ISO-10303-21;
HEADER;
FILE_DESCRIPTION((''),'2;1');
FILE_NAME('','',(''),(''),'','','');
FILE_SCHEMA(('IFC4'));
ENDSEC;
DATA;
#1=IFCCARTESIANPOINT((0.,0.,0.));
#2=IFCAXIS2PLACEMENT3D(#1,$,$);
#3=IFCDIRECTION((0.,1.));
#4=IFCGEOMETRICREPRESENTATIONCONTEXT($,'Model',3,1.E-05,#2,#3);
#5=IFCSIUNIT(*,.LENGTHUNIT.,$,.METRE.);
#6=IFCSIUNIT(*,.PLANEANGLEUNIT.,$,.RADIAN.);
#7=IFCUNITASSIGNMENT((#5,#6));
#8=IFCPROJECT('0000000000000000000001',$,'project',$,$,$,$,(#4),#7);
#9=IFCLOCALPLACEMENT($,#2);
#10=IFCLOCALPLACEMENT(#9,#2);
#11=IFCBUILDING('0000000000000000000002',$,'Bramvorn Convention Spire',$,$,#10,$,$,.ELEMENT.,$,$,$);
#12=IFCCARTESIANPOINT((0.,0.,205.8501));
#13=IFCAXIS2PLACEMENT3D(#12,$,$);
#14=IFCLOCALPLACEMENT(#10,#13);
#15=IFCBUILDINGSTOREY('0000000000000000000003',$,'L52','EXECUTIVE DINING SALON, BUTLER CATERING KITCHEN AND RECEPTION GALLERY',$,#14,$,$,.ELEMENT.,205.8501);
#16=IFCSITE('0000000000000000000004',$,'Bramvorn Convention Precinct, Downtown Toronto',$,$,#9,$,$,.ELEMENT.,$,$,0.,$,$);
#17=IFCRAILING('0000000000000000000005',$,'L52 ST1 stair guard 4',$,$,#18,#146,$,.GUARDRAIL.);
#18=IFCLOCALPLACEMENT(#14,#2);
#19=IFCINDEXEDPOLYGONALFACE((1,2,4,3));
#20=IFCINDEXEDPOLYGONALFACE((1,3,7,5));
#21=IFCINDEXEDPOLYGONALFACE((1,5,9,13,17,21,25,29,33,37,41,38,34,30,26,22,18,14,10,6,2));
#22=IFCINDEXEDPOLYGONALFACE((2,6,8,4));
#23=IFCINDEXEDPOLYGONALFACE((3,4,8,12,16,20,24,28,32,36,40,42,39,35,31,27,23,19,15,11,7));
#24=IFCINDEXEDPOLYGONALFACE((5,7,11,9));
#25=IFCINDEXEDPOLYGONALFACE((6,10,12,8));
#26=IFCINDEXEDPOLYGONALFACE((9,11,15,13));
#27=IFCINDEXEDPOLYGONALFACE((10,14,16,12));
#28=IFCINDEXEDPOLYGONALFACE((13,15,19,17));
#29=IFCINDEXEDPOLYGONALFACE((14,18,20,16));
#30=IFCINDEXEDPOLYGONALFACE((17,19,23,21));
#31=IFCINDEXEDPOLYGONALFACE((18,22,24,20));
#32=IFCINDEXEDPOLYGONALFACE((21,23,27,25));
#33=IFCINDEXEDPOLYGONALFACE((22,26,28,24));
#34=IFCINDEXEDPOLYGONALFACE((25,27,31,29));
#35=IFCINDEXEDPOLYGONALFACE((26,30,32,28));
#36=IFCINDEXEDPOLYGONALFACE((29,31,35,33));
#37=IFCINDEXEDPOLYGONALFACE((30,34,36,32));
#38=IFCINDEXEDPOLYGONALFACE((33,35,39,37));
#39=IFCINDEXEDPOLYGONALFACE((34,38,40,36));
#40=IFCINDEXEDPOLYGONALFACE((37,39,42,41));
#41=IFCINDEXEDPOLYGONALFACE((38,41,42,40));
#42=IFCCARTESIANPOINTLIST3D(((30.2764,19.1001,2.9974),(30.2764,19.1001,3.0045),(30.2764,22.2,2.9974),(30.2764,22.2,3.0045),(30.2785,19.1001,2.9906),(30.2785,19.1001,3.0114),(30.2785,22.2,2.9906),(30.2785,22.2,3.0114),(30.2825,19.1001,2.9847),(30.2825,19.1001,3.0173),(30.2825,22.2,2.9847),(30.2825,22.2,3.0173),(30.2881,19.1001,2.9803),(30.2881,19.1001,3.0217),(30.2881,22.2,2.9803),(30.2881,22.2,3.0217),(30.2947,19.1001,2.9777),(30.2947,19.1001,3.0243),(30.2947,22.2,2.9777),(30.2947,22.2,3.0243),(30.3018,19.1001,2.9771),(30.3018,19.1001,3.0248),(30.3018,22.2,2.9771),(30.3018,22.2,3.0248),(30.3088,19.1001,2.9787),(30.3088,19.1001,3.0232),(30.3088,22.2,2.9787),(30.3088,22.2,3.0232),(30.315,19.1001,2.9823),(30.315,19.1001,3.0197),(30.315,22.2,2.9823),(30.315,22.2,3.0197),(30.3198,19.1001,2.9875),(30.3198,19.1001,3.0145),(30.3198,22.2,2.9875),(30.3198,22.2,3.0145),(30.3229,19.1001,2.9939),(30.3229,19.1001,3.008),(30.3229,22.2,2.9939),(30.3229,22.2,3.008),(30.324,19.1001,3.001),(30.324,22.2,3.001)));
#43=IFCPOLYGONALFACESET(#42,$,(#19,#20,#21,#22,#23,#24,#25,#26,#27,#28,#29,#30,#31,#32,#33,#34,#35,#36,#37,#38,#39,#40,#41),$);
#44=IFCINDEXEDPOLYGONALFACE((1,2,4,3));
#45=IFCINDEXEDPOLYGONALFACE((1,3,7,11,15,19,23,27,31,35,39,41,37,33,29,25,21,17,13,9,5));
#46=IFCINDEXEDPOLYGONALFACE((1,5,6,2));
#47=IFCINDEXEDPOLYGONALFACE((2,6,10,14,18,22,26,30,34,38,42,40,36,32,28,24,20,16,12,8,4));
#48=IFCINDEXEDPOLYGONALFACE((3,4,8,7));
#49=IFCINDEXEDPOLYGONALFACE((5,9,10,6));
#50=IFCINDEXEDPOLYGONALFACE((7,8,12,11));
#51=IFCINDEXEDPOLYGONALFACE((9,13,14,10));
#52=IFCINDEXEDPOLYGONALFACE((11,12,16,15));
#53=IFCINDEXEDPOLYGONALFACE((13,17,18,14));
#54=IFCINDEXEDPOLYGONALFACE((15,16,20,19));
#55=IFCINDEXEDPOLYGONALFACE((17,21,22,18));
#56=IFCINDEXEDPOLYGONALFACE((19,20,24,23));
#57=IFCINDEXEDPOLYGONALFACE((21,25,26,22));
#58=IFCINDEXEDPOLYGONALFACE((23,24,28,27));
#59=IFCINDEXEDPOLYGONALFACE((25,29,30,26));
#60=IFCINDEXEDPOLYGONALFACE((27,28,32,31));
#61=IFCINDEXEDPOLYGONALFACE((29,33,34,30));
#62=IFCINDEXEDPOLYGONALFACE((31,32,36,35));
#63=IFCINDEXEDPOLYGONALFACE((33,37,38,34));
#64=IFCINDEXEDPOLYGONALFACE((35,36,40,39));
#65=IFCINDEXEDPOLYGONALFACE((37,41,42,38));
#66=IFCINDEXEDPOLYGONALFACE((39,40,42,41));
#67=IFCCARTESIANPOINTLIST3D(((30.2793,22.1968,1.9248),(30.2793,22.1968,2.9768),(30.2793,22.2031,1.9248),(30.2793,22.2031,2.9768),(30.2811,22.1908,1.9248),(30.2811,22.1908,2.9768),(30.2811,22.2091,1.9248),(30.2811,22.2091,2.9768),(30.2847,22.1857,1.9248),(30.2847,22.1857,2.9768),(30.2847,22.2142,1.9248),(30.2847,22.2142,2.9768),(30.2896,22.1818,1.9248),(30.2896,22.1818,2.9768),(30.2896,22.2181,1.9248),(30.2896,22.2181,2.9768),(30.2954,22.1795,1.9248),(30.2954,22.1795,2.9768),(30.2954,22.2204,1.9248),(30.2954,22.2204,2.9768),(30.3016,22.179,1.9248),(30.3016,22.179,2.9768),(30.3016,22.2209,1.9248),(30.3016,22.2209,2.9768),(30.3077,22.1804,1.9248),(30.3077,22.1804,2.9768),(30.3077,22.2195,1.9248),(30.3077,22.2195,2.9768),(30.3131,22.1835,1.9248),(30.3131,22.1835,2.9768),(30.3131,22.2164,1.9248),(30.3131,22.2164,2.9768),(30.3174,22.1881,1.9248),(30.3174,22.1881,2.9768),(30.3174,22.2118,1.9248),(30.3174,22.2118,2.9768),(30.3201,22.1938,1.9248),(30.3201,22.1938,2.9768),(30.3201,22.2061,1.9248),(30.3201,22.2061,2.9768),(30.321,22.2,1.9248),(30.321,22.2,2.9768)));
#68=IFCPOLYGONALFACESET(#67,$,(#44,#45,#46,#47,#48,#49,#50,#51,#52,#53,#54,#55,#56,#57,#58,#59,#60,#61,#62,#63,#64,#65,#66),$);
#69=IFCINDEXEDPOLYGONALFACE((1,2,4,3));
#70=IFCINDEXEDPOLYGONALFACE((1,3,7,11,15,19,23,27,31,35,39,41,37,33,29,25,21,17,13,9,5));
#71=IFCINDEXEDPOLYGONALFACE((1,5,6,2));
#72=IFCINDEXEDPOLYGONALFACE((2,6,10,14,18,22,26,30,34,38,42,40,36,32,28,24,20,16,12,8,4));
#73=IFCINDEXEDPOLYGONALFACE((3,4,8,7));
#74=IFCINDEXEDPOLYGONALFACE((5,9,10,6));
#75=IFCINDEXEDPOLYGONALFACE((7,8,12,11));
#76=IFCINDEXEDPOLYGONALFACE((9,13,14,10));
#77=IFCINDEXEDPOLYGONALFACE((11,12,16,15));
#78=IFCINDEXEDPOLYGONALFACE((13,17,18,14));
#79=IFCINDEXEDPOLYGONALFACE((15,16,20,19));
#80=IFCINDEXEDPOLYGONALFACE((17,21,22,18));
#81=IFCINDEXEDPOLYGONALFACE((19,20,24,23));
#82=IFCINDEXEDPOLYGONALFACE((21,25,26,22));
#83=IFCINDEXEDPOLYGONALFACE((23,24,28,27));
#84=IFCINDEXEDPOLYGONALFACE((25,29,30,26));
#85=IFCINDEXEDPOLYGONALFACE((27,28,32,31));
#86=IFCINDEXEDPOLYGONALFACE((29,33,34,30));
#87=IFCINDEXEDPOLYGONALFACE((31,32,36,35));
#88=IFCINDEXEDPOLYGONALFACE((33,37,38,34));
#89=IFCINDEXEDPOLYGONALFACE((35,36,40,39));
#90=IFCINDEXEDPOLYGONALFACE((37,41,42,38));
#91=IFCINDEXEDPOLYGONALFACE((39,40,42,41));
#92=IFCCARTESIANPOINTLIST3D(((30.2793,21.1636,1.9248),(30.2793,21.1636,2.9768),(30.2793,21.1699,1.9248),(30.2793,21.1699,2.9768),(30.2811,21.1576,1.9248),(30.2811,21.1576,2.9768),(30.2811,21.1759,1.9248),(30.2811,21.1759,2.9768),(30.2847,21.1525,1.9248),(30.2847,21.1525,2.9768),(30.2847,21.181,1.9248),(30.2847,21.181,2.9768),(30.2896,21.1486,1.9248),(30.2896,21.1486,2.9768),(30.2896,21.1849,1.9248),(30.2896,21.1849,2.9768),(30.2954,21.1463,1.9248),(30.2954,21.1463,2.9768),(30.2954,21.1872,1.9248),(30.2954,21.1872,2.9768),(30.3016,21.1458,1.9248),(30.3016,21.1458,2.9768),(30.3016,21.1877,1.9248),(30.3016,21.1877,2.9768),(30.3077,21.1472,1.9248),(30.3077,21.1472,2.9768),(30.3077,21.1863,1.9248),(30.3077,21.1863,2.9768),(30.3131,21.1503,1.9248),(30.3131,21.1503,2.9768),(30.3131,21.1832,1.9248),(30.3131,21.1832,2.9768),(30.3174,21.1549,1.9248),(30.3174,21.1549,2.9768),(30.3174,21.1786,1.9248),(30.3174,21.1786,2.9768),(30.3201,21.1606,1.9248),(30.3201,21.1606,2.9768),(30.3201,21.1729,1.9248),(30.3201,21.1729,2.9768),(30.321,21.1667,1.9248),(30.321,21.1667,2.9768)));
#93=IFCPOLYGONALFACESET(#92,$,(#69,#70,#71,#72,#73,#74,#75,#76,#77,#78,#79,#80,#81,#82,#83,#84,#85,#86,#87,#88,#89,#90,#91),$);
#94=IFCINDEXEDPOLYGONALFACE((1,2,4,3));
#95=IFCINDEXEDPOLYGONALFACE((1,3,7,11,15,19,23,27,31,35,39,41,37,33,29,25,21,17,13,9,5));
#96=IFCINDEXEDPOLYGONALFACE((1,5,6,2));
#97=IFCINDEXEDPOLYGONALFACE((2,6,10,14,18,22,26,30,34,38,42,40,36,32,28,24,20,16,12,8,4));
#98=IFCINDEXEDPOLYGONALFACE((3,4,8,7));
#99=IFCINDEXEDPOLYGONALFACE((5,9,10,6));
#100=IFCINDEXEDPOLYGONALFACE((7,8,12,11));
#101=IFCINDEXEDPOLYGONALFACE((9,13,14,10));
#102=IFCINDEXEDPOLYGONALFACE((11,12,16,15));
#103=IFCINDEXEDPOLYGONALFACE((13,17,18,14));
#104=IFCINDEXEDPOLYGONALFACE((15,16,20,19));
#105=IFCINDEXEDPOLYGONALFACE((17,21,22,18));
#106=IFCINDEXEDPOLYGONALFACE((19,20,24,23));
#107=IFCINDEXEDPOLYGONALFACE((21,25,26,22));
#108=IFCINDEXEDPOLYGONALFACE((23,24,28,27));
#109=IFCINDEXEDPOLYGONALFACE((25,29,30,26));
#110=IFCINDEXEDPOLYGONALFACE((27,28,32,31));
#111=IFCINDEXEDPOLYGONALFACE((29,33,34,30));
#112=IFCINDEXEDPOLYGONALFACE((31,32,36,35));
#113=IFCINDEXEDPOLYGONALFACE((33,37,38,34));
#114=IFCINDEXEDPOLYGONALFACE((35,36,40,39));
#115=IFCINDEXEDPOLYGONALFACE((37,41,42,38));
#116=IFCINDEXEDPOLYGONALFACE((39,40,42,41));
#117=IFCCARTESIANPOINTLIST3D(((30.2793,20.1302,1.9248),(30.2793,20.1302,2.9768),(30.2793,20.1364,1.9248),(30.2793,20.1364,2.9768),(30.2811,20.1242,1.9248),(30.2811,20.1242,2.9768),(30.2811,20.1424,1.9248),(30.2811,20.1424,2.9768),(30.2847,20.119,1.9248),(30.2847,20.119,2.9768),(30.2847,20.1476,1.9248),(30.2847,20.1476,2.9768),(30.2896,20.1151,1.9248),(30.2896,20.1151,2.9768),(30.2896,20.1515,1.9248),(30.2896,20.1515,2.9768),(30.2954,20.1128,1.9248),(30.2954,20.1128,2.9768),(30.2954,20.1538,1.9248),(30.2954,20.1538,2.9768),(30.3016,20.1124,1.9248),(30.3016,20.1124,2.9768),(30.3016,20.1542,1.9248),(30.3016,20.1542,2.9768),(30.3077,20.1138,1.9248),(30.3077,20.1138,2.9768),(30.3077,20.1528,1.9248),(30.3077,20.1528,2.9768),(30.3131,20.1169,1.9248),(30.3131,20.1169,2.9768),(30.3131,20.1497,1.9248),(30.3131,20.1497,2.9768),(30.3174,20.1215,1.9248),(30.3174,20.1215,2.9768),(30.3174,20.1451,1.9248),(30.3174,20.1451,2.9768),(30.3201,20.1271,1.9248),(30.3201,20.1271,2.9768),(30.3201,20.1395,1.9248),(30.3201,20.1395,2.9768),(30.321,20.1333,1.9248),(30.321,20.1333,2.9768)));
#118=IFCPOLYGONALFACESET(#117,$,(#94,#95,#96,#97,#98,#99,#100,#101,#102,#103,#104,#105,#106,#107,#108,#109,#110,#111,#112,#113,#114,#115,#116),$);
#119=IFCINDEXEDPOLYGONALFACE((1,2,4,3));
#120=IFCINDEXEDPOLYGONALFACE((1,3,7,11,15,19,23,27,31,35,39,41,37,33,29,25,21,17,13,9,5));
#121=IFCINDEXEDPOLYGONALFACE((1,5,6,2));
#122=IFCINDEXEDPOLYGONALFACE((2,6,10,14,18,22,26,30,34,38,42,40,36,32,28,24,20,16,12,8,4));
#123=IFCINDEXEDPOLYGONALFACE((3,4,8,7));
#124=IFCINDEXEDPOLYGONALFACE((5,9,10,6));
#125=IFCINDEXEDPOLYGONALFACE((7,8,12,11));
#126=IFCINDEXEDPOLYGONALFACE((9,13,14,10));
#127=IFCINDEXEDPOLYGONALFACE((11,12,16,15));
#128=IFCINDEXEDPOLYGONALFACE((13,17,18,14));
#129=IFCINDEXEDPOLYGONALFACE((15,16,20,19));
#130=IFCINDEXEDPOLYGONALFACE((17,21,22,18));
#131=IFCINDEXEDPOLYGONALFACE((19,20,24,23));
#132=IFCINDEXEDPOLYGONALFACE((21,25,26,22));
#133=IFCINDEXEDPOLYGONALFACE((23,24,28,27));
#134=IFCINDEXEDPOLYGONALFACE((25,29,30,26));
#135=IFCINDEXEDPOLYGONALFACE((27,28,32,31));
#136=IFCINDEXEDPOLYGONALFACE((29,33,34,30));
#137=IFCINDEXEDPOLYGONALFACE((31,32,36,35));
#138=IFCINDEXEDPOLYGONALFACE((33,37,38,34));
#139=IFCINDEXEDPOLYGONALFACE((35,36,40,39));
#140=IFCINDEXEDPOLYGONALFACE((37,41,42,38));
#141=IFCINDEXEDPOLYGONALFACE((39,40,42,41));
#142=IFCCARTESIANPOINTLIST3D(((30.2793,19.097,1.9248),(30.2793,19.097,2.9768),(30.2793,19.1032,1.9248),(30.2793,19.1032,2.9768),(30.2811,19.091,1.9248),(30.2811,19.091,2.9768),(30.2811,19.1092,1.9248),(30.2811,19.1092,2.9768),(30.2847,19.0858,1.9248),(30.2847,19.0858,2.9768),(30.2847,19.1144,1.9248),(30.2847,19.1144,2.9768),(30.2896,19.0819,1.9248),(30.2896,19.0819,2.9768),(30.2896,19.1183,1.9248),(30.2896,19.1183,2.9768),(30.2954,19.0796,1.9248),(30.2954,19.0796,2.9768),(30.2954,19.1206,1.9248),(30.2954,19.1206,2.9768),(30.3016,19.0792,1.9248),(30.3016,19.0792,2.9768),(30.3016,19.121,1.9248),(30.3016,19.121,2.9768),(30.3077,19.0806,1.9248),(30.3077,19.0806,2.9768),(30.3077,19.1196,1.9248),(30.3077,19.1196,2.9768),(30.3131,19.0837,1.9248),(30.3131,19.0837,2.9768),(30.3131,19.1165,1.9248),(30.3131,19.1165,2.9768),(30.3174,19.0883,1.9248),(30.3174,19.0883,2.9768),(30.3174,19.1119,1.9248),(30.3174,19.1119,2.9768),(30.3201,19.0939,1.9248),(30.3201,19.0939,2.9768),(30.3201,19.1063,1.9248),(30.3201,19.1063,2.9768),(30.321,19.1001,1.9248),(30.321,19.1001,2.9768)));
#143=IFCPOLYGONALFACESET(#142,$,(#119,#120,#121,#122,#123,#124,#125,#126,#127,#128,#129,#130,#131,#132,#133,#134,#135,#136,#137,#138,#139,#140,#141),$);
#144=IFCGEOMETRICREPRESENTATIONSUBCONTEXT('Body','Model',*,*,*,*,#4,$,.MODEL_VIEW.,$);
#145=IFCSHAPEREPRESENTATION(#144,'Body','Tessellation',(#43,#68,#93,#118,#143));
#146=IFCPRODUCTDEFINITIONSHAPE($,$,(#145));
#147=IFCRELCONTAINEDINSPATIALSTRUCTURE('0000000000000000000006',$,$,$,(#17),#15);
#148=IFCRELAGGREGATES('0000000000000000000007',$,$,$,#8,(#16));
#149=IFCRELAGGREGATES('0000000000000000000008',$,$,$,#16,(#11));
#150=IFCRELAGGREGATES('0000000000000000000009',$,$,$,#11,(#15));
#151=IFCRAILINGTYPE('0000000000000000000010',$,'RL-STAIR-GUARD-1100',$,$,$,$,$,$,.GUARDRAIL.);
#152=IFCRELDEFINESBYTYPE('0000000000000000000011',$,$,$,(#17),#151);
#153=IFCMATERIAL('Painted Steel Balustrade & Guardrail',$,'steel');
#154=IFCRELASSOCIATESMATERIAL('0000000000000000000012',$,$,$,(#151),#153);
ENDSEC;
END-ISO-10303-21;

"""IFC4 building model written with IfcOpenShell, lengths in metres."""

from ifc_helpers import new_model, si_unit, direction, frame, origin, origin_2d, place, context, subcontext, project, spatial, circle, extrude, material, type_object, element, save


model = new_model("IFC4")

# Units and contexts
model_context = context("Model", 3, precision=1e-05, world=origin(), true_north=direction((0.0, 1.0)))
body_context = subcontext(model_context, "Body", "Model", "MODEL_VIEW")
ifc_project = project(units=[si_unit("LENGTHUNIT", "METRE"), si_unit("PLANEANGLEUNIT", "RADIAN")], contexts=[model_context])

# Site, building, storey
site_placement = place(None, origin())
site = spatial("IfcSite", under=ifc_project, at=site_placement, Name="Bramvorn Convention Precinct, Downtown Toronto", CompositionType="ELEMENT", RefElevation=0.0)
building_placement = place(site_placement, origin())
building = spatial("IfcBuilding", under=site, at=building_placement, Name="Bramvorn Convention Spire", CompositionType="ELEMENT")
storey_placement = place(building_placement, frame((0.0, 0.0, 205.8501)))
storey = spatial("IfcBuildingStorey", under=building, at=storey_placement, Name="L52", Description="EXECUTIVE DINING SALON, BUTLER CATERING KITCHEN AND RECEPTION GALLERY", CompositionType="ELEMENT", Elevation=205.8501)

# Railing
ifc_material_1 = material(Name="Painted Steel Balustrade & Guardrail", Category="steel")
railing_type_1 = type_object("IfcRailingType", Name="RL-STAIR-GUARD-1100", PredefinedType="GUARDRAIL", material=ifc_material_1)
for number, where, name in (
    (1, (30.3, 22.2, 1.9248), "L52 ST1 stair guard 4"),
):
    element("IfcRailing", number, at=place(storey_placement, frame(where)), inside=storey, type_object=railing_type_1, Name=name, PredefinedType="GUARDRAIL", context=body_context, shape_type="SweptSolid", body=[
        extrude(circle(Radius=0.0239, at=origin_2d()), frame((0.0, 0.0, 1.0762), z_axis=(0.0, -1.0, 0.0), x_axis=(1.0, 0.0, 0.0)), (0.0, 0.0, 1.0), 3.0999),
        extrude(circle(Radius=0.021, at=origin_2d()), origin(), (0.0, 0.0, 1.0), 1.052),
        extrude(circle(Radius=0.021, at=origin_2d()), frame((0.0, -1.0332, 0.0)), (0.0, 0.0, 1.0), 1.052),
        extrude(circle(Radius=0.021, at=origin_2d()), frame((0.0, -2.0667, 0.0)), (0.0, 0.0, 1.0), 1.052),
        extrude(circle(Radius=0.021, at=origin_2d()), frame((0.0, -3.0999, 0.0)), (0.0, 0.0, 1.0), 1.052),
    ])

save(model, "model.ifc")
